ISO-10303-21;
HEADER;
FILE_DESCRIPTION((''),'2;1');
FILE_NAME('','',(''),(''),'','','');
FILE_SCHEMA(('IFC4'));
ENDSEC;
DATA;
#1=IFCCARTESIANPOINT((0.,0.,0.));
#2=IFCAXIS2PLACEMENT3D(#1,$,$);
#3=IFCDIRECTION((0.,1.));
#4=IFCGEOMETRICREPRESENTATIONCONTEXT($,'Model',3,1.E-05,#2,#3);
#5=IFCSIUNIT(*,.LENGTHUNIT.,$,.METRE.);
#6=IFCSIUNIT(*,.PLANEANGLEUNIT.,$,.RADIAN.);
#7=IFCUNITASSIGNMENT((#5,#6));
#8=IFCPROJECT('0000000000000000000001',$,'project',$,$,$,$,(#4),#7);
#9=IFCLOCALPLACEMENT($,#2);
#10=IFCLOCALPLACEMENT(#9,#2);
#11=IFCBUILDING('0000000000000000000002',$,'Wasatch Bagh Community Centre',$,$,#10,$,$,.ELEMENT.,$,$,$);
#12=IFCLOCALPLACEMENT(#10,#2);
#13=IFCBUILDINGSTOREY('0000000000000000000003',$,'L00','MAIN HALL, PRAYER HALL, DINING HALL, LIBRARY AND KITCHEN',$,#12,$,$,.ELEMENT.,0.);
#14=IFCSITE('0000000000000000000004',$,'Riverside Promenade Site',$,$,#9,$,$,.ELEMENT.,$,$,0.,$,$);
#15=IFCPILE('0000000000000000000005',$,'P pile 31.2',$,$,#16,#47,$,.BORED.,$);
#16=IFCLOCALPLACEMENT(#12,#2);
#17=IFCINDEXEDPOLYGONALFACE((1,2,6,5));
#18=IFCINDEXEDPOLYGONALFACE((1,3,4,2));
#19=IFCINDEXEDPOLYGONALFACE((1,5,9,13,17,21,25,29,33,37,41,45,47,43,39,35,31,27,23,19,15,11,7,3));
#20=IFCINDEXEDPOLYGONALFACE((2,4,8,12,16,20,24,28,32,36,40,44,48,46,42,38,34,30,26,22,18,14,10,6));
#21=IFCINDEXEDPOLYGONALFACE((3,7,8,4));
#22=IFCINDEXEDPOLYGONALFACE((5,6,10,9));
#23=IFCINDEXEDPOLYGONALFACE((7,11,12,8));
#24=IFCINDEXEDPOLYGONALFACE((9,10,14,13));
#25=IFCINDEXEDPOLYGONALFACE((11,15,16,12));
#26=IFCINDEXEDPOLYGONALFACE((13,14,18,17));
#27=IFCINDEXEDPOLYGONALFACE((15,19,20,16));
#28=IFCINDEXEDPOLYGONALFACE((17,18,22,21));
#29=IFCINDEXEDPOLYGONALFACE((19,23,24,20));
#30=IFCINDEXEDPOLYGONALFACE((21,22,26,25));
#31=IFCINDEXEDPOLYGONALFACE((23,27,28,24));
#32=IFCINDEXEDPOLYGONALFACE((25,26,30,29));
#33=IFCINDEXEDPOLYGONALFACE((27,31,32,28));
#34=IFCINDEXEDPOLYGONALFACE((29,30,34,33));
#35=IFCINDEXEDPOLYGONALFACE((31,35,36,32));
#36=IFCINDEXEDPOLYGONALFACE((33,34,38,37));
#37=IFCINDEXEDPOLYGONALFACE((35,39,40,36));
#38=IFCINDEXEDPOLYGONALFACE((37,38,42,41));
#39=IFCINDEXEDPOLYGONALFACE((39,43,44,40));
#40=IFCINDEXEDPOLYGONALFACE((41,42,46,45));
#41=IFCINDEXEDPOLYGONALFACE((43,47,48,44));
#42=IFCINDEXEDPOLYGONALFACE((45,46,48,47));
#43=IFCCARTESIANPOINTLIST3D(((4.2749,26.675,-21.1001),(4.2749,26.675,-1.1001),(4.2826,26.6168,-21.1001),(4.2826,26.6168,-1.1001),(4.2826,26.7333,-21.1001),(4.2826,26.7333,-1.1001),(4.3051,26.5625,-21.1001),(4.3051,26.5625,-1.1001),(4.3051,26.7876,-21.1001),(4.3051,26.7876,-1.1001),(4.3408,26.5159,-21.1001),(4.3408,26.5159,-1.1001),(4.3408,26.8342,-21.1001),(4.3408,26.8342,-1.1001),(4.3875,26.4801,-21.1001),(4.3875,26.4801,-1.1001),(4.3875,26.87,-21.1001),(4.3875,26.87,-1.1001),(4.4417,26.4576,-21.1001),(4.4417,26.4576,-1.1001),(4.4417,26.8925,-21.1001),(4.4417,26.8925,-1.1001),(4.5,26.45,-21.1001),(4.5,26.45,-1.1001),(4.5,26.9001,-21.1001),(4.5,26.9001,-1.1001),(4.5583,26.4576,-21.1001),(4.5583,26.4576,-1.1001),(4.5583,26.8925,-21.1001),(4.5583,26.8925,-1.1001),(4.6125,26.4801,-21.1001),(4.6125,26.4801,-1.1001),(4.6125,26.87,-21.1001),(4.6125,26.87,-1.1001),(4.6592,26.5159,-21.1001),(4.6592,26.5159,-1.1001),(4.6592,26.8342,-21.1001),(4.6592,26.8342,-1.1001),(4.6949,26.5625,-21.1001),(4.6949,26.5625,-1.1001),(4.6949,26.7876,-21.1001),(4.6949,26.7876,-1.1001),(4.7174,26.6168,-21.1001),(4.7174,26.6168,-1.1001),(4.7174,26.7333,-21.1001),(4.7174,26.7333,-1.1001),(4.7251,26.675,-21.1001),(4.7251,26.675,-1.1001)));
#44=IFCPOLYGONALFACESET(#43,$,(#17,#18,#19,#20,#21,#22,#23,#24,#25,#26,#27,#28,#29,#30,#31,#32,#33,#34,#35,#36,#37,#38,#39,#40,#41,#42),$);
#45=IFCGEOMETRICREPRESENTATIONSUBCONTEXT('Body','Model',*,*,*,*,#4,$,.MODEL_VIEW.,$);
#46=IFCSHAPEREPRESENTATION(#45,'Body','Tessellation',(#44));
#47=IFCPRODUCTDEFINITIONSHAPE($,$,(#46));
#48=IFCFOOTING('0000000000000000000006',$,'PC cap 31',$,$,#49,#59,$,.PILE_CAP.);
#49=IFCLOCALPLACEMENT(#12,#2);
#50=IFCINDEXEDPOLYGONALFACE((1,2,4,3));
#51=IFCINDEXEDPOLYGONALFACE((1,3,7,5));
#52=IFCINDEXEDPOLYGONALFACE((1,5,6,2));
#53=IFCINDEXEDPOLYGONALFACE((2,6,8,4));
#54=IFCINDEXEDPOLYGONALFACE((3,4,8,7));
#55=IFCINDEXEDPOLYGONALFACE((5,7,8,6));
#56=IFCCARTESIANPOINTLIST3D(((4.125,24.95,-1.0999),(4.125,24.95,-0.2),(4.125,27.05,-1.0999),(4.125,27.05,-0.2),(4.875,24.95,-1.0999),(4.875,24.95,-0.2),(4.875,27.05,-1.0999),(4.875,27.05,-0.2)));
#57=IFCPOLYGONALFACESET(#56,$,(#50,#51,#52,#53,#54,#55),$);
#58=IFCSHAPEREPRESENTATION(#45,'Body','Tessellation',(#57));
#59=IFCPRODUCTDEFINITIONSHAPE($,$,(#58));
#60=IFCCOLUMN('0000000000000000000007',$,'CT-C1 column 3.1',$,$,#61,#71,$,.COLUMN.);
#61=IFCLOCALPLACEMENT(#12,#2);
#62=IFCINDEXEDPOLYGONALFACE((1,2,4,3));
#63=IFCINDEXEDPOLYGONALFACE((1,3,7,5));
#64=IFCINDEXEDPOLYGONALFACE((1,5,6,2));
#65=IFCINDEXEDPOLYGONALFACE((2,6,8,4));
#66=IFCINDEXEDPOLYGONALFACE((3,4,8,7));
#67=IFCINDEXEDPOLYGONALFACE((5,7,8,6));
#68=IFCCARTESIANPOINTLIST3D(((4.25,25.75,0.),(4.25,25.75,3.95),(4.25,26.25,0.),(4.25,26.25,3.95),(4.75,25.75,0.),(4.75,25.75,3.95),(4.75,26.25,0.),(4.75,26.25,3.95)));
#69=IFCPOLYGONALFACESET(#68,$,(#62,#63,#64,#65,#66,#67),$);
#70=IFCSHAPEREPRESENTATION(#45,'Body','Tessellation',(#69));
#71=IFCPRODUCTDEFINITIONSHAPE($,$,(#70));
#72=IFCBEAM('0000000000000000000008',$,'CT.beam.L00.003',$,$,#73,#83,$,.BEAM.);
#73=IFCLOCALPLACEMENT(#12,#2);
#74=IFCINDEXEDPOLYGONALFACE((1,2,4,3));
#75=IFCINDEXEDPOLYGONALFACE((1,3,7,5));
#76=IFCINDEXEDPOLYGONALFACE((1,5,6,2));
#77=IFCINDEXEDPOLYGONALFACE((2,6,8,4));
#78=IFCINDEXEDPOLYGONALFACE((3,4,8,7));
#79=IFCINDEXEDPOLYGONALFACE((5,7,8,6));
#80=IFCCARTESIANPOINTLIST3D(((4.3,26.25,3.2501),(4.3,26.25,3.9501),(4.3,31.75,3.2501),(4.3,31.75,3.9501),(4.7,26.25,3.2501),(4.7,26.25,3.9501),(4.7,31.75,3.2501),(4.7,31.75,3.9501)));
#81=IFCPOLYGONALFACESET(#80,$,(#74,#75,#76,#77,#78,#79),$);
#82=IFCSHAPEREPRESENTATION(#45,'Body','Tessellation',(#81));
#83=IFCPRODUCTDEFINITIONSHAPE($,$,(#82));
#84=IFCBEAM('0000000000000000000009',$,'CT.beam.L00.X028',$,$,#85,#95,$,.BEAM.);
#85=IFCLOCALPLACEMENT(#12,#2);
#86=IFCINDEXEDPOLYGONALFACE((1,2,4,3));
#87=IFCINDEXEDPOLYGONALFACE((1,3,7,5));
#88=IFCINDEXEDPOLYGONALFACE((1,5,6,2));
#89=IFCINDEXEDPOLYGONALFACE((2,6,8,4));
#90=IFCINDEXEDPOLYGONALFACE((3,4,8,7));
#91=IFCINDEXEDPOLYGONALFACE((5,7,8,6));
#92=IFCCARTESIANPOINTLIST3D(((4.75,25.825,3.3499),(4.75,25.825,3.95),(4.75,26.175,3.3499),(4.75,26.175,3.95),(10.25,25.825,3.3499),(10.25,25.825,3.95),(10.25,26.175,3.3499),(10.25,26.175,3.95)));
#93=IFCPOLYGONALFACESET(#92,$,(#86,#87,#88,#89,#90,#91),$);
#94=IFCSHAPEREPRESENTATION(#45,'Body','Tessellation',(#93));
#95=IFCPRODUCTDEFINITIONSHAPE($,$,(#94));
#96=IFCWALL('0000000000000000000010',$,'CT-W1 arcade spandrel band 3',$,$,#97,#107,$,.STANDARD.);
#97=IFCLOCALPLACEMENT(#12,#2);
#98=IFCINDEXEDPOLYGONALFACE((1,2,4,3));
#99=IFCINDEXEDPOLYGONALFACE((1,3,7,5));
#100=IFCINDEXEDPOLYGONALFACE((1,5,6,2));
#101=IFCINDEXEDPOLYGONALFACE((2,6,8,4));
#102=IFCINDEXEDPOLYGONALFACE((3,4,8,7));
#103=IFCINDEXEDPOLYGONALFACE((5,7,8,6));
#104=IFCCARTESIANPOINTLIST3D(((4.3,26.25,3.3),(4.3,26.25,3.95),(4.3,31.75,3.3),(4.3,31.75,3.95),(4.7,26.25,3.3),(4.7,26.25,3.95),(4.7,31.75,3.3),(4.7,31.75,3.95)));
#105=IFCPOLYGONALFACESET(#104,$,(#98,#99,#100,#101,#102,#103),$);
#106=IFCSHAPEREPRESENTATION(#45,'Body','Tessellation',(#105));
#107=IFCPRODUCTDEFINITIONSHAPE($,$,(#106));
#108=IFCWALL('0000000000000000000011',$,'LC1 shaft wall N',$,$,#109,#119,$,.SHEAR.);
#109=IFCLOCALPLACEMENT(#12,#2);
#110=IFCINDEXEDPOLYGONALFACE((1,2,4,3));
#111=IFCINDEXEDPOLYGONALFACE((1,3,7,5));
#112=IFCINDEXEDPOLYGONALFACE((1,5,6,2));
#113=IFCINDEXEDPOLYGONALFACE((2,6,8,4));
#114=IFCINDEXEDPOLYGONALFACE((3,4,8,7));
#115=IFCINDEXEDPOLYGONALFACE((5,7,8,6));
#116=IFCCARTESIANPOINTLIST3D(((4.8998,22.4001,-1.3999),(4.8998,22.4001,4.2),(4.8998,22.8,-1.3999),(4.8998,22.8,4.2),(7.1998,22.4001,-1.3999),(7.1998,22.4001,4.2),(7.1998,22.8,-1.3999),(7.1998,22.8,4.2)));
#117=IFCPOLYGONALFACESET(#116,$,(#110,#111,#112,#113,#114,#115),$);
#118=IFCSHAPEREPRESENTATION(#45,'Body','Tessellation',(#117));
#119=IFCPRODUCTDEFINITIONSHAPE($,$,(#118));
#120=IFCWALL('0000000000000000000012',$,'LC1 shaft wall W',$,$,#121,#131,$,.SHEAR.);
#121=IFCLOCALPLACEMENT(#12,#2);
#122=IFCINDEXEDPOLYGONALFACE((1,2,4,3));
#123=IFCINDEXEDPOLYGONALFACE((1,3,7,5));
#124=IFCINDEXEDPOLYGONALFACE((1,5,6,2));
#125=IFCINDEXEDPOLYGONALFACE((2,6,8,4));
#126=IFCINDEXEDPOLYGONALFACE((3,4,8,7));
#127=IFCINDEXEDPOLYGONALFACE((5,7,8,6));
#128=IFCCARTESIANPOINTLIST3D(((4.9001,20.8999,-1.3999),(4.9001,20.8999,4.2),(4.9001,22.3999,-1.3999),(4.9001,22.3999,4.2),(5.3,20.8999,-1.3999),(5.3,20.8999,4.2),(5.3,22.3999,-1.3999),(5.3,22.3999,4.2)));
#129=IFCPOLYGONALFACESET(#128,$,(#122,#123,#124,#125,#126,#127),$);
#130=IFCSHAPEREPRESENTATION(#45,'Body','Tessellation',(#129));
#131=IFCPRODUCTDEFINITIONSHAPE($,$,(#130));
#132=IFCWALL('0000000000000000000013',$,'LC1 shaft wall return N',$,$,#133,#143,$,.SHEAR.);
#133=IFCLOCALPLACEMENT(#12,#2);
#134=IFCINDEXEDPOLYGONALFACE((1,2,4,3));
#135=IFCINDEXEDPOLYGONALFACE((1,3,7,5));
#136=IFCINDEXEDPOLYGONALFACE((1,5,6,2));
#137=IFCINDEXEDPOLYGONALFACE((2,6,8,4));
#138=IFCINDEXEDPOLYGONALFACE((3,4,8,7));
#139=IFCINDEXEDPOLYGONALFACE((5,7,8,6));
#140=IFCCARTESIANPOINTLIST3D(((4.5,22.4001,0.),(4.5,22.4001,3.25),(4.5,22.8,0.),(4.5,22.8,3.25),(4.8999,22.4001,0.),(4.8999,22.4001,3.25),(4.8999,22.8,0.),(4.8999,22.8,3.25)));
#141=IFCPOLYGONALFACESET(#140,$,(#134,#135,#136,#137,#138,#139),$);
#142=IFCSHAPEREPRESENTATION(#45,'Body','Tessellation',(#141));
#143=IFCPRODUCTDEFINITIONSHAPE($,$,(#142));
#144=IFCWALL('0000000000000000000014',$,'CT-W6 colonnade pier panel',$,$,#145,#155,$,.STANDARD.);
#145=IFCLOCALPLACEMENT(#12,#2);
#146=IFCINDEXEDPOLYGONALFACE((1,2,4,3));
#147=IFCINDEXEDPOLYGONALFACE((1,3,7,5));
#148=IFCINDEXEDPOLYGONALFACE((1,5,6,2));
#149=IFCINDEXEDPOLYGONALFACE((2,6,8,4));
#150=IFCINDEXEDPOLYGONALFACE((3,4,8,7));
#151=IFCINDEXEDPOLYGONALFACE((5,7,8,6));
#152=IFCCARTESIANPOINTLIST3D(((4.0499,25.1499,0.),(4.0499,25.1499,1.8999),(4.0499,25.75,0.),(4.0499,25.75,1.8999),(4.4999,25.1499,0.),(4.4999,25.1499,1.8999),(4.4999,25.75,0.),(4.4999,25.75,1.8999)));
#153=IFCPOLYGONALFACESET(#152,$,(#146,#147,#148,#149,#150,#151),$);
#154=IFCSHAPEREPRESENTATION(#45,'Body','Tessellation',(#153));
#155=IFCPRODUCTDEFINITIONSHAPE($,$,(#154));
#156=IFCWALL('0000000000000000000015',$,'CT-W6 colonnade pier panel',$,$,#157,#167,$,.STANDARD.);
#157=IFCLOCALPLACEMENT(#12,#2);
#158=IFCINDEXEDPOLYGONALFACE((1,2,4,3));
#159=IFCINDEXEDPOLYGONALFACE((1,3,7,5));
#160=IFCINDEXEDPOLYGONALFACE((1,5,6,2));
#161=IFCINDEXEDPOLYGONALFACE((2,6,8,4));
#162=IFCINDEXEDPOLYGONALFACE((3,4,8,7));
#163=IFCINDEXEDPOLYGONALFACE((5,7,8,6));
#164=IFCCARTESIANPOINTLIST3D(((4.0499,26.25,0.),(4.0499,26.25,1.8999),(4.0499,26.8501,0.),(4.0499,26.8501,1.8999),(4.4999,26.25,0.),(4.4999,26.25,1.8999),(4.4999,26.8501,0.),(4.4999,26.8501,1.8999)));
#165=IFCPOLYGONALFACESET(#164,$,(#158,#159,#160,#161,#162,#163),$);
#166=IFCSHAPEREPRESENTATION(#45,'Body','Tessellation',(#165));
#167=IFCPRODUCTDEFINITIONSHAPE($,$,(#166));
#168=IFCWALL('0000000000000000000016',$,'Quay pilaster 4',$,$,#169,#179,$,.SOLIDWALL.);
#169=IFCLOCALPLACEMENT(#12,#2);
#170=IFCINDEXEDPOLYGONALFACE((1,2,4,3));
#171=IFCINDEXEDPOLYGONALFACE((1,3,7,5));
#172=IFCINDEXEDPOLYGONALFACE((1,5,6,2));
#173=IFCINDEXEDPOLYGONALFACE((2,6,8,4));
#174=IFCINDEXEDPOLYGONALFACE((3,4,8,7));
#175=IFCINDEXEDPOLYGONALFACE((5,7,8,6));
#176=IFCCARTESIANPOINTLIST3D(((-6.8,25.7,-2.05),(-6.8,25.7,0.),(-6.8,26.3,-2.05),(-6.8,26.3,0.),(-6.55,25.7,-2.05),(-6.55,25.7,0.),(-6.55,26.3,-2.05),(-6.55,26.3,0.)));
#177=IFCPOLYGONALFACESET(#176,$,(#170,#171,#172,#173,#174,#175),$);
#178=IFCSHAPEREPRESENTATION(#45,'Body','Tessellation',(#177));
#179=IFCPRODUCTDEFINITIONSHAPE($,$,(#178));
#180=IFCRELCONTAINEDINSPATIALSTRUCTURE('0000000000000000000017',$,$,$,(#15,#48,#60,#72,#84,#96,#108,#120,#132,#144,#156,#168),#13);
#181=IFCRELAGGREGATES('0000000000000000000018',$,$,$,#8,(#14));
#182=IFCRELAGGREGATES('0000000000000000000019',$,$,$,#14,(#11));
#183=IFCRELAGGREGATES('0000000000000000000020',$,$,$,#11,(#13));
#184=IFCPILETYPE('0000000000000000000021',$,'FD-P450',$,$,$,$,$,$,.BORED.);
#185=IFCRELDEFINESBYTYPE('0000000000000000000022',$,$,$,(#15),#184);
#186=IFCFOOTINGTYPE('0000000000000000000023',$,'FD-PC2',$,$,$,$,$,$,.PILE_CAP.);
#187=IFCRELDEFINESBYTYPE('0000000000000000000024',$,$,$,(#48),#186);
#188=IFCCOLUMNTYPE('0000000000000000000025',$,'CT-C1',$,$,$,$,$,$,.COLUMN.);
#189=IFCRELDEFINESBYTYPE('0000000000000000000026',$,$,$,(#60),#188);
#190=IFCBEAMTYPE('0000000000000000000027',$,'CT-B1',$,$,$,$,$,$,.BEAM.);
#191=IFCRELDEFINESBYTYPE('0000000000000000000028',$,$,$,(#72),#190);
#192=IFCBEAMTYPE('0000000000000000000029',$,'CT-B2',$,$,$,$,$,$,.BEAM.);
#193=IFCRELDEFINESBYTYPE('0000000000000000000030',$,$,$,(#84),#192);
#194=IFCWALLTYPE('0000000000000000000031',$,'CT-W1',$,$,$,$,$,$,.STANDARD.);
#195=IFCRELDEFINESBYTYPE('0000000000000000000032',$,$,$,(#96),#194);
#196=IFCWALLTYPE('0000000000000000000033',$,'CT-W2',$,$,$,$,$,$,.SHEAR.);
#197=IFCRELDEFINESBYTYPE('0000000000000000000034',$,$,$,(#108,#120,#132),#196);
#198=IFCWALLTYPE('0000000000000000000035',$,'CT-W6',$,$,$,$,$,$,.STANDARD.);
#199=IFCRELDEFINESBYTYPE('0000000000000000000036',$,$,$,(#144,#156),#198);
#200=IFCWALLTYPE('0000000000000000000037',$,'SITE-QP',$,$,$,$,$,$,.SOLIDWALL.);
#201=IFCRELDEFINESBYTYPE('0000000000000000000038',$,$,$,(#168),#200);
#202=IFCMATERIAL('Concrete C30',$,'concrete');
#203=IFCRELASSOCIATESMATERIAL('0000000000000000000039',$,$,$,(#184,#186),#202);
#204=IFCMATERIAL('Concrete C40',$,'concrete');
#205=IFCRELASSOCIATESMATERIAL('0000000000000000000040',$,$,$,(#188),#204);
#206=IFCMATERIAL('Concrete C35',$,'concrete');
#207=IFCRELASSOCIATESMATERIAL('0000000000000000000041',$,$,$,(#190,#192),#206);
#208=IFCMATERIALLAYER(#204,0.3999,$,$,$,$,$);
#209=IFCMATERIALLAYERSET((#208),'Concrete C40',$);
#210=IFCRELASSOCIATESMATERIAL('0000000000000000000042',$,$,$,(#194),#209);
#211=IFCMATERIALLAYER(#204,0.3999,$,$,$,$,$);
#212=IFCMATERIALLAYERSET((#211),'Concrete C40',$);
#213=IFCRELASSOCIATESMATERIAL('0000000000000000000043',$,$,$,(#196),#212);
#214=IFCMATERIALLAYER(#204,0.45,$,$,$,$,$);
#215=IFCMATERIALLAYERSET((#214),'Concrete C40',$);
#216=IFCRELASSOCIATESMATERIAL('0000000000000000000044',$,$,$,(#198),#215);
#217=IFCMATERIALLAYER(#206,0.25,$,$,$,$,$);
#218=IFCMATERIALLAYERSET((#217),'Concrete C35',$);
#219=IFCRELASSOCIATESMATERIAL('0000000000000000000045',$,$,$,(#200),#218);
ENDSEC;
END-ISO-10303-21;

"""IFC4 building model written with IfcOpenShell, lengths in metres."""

from ifc_helpers import new_model, si_unit, direction, frame, frame_2d, origin, origin_2d, place, context, subcontext, project, spatial, rectangle, circle, extrude, material, layer, layer_set, material_profile, profile_set, type_object, element, save


model = new_model("IFC4")

# Units and contexts
model_context = context("Model", 3, precision=1e-05, world=origin(), true_north=direction((0.0, 1.0)))
body_context = subcontext(model_context, "Body", "Model", "MODEL_VIEW")
ifc_project = project(units=[si_unit("LENGTHUNIT", "METRE"), si_unit("PLANEANGLEUNIT", "RADIAN")], contexts=[model_context])

# Site, building, storey
site_placement = place(None, origin())
site = spatial("IfcSite", under=ifc_project, at=site_placement, Name="Riverside Promenade Site", CompositionType="ELEMENT", RefElevation=0.0)
building_placement = place(site_placement, origin())
building = spatial("IfcBuilding", under=site, at=building_placement, Name="Wasatch Bagh Community Centre", CompositionType="ELEMENT")
storey_placement = place(building_placement, origin())
storey = spatial("IfcBuildingStorey", under=building, at=storey_placement, Name="L00", Description="MAIN HALL, PRAYER HALL, DINING HALL, LIBRARY AND KITCHEN", CompositionType="ELEMENT", Elevation=0.0)

# Shared definitions
ifc_material_1 = material(Name="Concrete C30", Category="concrete")
ifc_material_2 = material(Name="Concrete C35", Category="concrete")

# Pile
ifc_material_profile_1 = material_profile(ifc_material_1, circle(Radius=0.2251, at=origin_2d()), Name="RC D450")
ifc_profile_set_1 = profile_set([ifc_material_profile_1], Name="Concrete C30")
pile_type = type_object("IfcPileType", Name="FD-P450", PredefinedType="BORED", material=ifc_profile_set_1)
for number, where, z_axis, x_axis, name in (
    (1, (4.5, 26.675, -1.1001), (0.0, 0.0, -1.0), (1.0, 0.0, 0.0), "P pile 31.2"),
):
    element("IfcPile", number, at=place(storey_placement, frame(where, z_axis=z_axis, x_axis=x_axis)), inside=storey, type_object=pile_type, Name=name, PredefinedType="BORED", context=body_context, shape_type="SweptSolid", body=[
        extrude(circle(Radius=0.2251, at=origin_2d()), origin(), (0.0, 0.0, 1.0), 20.0),
    ])

# Footing
footing_type_1 = type_object("IfcFootingType", Name="FD-PC2", PredefinedType="PILE_CAP", material=ifc_material_1)
footing_1_placement = place(storey_placement, frame((4.5, 26.0, -1.0999), z_axis=(0.0, 0.0, 1.0), x_axis=(0.0, 1.0, 0.0)))
element("IfcFooting", 2, at=footing_1_placement, inside=storey, type_object=footing_type_1, Name="PC cap 31", PredefinedType="PILE_CAP", context=body_context, shape_type="SweptSolid", body=[
    extrude(rectangle(XDim=2.1001, YDim=0.75, at=origin_2d()), origin(), (0.0, 0.0, 1.0), 0.8999),
])

# Column
ifc_material_3 = material(Name="Concrete C40", Category="concrete")
ifc_material_profile_2 = material_profile(ifc_material_3, rectangle(XDim=0.5, YDim=0.5, at=origin_2d()), Name="RC 500x500")
ifc_profile_set_2 = profile_set([ifc_material_profile_2], Name="Concrete C40")
column_type = type_object("IfcColumnType", Name="CT-C1", PredefinedType="COLUMN", material=ifc_profile_set_2)
column_placement = place(storey_placement, frame((4.5, 26.0, 0.0), z_axis=(0.0, 0.0, 1.0), x_axis=(1.0, 0.0, 0.0)))
element("IfcColumn", 3, at=column_placement, inside=storey, type_object=column_type, Name="CT-C1 column 3.1", PredefinedType="COLUMN", context=body_context, shape_type="SweptSolid", body=[
    extrude(rectangle(XDim=0.5, YDim=0.5, at=origin_2d()), origin(), (0.0, 0.0, 1.0), 3.95),
])

# Beams
ifc_material_profile_3 = material_profile(ifc_material_2, rectangle(XDim=0.3999, YDim=0.7, at=origin_2d()), Name="RC 400x700")
ifc_profile_set_3 = profile_set([ifc_material_profile_3], Name="Concrete C35")
beam_type_1 = type_object("IfcBeamType", Name="CT-B1", PredefinedType="BEAM", material=ifc_profile_set_3)
beam_1_placement = place(storey_placement, frame((4.5, 26.25, 3.6001), z_axis=(0.0, 1.0, 0.0), x_axis=(-1.0, 0.0, 0.0)))
element("IfcBeam", 4, at=beam_1_placement, inside=storey, type_object=beam_type_1, Name="CT.beam.L00.003", PredefinedType="BEAM", context=body_context, shape_type="SweptSolid", body=[
    extrude(rectangle(XDim=0.3999, YDim=0.7, at=origin_2d()), origin(), (0.0, 0.0, 1.0), 5.5),
])
ifc_material_profile_4 = material_profile(ifc_material_2, rectangle(XDim=0.3501, YDim=0.6001, at=origin_2d()), Name="RC 350x600")
ifc_profile_set_4 = profile_set([ifc_material_profile_4], Name="Concrete C35")
beam_type_2 = type_object("IfcBeamType", Name="CT-B2", PredefinedType="BEAM", material=ifc_profile_set_4)
beam_2_placement = place(storey_placement, frame((4.75, 26.0, 3.6499), z_axis=(1.0, 0.0, 0.0), x_axis=(0.0, 1.0, 0.0)))
element("IfcBeam", 5, at=beam_2_placement, inside=storey, type_object=beam_type_2, Name="CT.beam.L00.X028", PredefinedType="BEAM", context=body_context, shape_type="SweptSolid", body=[
    extrude(rectangle(XDim=0.3501, YDim=0.6001, at=origin_2d()), origin(), (0.0, 0.0, 1.0), 5.5),
])

# Walls
ifc_layer_1 = layer(ifc_material_3, 0.3999)
ifc_layer_set_1 = layer_set([ifc_layer_1], Name="Concrete C40")
wall_type_1 = type_object("IfcWallType", Name="CT-W1", PredefinedType="STANDARD", material=ifc_layer_set_1)
wall_1_placement = place(storey_placement, frame((4.5, 26.25, 3.3), z_axis=(0.0, 0.0, 1.0), x_axis=(0.0, 1.0, 0.0)))
element("IfcWall", 6, at=wall_1_placement, inside=storey, type_object=wall_type_1, Name="CT-W1 arcade spandrel band 3", PredefinedType="STANDARD", context=body_context, shape_type="SweptSolid", body=[
    extrude(rectangle(XDim=5.5, YDim=0.3999, at=frame_2d((2.75, 0.0))), origin(), (0.0, 0.0, 1.0), 0.6499),
])
ifc_layer_2 = layer(ifc_material_3, 0.3999)
ifc_layer_set_2 = layer_set([ifc_layer_2], Name="Concrete C40")
wall_type_2 = type_object("IfcWallType", Name="CT-W2", PredefinedType="SHEAR", material=ifc_layer_set_2)
wall_2_placement = place(storey_placement, frame((4.8999, 22.6001, -1.3999), z_axis=(0.0, 0.0, 1.0), x_axis=(1.0, 0.0, 0.0)))
element("IfcWall", 7, at=wall_2_placement, inside=storey, type_object=wall_type_2, Name="LC1 shaft wall N", PredefinedType="SHEAR", context=body_context, shape_type="SweptSolid", body=[
    extrude(rectangle(XDim=2.3, YDim=0.3999, at=frame_2d((1.1499, 0.0))), origin(), (0.0, 0.0, 1.0), 5.5999),
])
wall_3_placement = place(storey_placement, frame((5.1001, 20.8999, -1.3999), z_axis=(0.0, 0.0, 1.0), x_axis=(0.0, 1.0, 0.0)))
element("IfcWall", 8, at=wall_3_placement, inside=storey, type_object=wall_type_2, Name="LC1 shaft wall W", PredefinedType="SHEAR", context=body_context, shape_type="SweptSolid", body=[
    extrude(rectangle(XDim=1.5, YDim=0.3999, at=frame_2d((0.75, 0.0))), origin(), (0.0, 0.0, 1.0), 5.5999),
])
wall_4_placement = place(storey_placement, frame((4.5, 22.6001, 0.0), z_axis=(0.0, 0.0, 1.0), x_axis=(1.0, 0.0, 0.0)))
element("IfcWall", 9, at=wall_4_placement, inside=storey, type_object=wall_type_2, Name="LC1 shaft wall return N", PredefinedType="SHEAR", context=body_context, shape_type="SweptSolid", body=[
    extrude(rectangle(XDim=0.3999, YDim=0.3999, at=frame_2d((0.2, 0.0))), origin(), (0.0, 0.0, 1.0), 3.25),
])
ifc_layer_3 = layer(ifc_material_3, 0.45)
ifc_layer_set_3 = layer_set([ifc_layer_3], Name="Concrete C40")
wall_type_3 = type_object("IfcWallType", Name="CT-W6", PredefinedType="STANDARD", material=ifc_layer_set_3)
for number, where, z_axis, x_axis, name in (
    (10, (4.2749, 25.75, 0.0), (0.0, 0.0, 1.0), (0.0, -1.0, 0.0), "CT-W6 colonnade pier panel"),
    (11, (4.2749, 26.25, 0.0), (0.0, 0.0, 1.0), (0.0, 1.0, 0.0), "CT-W6 colonnade pier panel"),
):
    element("IfcWall", number, at=place(storey_placement, frame(where, z_axis=z_axis, x_axis=x_axis)), inside=storey, type_object=wall_type_3, Name=name, PredefinedType="STANDARD", context=body_context, shape_type="SweptSolid", body=[
        extrude(rectangle(XDim=0.6001, YDim=0.45, at=frame_2d((0.3, 0.0))), origin(), (0.0, 0.0, 1.0), 1.8999),
    ])
ifc_layer_4 = layer(ifc_material_2, 0.25)
ifc_layer_set_4 = layer_set([ifc_layer_4], Name="Concrete C35")
wall_type_4 = type_object("IfcWallType", Name="SITE-QP", PredefinedType="SOLIDWALL", material=ifc_layer_set_4)
wall_5_placement = place(storey_placement, frame((-6.675, 25.7, -2.05), z_axis=(0.0, 0.0, 1.0), x_axis=(0.0, 1.0, 0.0)))
element("IfcWall", 12, at=wall_5_placement, inside=storey, type_object=wall_type_4, Name="Quay pilaster 4", PredefinedType="SOLIDWALL", context=body_context, shape_type="SweptSolid", body=[
    extrude(rectangle(XDim=0.6001, YDim=0.25, at=frame_2d((0.3, 0.0))), origin(), (0.0, 0.0, 1.0), 2.05),
])

save(model, "model.ifc")
